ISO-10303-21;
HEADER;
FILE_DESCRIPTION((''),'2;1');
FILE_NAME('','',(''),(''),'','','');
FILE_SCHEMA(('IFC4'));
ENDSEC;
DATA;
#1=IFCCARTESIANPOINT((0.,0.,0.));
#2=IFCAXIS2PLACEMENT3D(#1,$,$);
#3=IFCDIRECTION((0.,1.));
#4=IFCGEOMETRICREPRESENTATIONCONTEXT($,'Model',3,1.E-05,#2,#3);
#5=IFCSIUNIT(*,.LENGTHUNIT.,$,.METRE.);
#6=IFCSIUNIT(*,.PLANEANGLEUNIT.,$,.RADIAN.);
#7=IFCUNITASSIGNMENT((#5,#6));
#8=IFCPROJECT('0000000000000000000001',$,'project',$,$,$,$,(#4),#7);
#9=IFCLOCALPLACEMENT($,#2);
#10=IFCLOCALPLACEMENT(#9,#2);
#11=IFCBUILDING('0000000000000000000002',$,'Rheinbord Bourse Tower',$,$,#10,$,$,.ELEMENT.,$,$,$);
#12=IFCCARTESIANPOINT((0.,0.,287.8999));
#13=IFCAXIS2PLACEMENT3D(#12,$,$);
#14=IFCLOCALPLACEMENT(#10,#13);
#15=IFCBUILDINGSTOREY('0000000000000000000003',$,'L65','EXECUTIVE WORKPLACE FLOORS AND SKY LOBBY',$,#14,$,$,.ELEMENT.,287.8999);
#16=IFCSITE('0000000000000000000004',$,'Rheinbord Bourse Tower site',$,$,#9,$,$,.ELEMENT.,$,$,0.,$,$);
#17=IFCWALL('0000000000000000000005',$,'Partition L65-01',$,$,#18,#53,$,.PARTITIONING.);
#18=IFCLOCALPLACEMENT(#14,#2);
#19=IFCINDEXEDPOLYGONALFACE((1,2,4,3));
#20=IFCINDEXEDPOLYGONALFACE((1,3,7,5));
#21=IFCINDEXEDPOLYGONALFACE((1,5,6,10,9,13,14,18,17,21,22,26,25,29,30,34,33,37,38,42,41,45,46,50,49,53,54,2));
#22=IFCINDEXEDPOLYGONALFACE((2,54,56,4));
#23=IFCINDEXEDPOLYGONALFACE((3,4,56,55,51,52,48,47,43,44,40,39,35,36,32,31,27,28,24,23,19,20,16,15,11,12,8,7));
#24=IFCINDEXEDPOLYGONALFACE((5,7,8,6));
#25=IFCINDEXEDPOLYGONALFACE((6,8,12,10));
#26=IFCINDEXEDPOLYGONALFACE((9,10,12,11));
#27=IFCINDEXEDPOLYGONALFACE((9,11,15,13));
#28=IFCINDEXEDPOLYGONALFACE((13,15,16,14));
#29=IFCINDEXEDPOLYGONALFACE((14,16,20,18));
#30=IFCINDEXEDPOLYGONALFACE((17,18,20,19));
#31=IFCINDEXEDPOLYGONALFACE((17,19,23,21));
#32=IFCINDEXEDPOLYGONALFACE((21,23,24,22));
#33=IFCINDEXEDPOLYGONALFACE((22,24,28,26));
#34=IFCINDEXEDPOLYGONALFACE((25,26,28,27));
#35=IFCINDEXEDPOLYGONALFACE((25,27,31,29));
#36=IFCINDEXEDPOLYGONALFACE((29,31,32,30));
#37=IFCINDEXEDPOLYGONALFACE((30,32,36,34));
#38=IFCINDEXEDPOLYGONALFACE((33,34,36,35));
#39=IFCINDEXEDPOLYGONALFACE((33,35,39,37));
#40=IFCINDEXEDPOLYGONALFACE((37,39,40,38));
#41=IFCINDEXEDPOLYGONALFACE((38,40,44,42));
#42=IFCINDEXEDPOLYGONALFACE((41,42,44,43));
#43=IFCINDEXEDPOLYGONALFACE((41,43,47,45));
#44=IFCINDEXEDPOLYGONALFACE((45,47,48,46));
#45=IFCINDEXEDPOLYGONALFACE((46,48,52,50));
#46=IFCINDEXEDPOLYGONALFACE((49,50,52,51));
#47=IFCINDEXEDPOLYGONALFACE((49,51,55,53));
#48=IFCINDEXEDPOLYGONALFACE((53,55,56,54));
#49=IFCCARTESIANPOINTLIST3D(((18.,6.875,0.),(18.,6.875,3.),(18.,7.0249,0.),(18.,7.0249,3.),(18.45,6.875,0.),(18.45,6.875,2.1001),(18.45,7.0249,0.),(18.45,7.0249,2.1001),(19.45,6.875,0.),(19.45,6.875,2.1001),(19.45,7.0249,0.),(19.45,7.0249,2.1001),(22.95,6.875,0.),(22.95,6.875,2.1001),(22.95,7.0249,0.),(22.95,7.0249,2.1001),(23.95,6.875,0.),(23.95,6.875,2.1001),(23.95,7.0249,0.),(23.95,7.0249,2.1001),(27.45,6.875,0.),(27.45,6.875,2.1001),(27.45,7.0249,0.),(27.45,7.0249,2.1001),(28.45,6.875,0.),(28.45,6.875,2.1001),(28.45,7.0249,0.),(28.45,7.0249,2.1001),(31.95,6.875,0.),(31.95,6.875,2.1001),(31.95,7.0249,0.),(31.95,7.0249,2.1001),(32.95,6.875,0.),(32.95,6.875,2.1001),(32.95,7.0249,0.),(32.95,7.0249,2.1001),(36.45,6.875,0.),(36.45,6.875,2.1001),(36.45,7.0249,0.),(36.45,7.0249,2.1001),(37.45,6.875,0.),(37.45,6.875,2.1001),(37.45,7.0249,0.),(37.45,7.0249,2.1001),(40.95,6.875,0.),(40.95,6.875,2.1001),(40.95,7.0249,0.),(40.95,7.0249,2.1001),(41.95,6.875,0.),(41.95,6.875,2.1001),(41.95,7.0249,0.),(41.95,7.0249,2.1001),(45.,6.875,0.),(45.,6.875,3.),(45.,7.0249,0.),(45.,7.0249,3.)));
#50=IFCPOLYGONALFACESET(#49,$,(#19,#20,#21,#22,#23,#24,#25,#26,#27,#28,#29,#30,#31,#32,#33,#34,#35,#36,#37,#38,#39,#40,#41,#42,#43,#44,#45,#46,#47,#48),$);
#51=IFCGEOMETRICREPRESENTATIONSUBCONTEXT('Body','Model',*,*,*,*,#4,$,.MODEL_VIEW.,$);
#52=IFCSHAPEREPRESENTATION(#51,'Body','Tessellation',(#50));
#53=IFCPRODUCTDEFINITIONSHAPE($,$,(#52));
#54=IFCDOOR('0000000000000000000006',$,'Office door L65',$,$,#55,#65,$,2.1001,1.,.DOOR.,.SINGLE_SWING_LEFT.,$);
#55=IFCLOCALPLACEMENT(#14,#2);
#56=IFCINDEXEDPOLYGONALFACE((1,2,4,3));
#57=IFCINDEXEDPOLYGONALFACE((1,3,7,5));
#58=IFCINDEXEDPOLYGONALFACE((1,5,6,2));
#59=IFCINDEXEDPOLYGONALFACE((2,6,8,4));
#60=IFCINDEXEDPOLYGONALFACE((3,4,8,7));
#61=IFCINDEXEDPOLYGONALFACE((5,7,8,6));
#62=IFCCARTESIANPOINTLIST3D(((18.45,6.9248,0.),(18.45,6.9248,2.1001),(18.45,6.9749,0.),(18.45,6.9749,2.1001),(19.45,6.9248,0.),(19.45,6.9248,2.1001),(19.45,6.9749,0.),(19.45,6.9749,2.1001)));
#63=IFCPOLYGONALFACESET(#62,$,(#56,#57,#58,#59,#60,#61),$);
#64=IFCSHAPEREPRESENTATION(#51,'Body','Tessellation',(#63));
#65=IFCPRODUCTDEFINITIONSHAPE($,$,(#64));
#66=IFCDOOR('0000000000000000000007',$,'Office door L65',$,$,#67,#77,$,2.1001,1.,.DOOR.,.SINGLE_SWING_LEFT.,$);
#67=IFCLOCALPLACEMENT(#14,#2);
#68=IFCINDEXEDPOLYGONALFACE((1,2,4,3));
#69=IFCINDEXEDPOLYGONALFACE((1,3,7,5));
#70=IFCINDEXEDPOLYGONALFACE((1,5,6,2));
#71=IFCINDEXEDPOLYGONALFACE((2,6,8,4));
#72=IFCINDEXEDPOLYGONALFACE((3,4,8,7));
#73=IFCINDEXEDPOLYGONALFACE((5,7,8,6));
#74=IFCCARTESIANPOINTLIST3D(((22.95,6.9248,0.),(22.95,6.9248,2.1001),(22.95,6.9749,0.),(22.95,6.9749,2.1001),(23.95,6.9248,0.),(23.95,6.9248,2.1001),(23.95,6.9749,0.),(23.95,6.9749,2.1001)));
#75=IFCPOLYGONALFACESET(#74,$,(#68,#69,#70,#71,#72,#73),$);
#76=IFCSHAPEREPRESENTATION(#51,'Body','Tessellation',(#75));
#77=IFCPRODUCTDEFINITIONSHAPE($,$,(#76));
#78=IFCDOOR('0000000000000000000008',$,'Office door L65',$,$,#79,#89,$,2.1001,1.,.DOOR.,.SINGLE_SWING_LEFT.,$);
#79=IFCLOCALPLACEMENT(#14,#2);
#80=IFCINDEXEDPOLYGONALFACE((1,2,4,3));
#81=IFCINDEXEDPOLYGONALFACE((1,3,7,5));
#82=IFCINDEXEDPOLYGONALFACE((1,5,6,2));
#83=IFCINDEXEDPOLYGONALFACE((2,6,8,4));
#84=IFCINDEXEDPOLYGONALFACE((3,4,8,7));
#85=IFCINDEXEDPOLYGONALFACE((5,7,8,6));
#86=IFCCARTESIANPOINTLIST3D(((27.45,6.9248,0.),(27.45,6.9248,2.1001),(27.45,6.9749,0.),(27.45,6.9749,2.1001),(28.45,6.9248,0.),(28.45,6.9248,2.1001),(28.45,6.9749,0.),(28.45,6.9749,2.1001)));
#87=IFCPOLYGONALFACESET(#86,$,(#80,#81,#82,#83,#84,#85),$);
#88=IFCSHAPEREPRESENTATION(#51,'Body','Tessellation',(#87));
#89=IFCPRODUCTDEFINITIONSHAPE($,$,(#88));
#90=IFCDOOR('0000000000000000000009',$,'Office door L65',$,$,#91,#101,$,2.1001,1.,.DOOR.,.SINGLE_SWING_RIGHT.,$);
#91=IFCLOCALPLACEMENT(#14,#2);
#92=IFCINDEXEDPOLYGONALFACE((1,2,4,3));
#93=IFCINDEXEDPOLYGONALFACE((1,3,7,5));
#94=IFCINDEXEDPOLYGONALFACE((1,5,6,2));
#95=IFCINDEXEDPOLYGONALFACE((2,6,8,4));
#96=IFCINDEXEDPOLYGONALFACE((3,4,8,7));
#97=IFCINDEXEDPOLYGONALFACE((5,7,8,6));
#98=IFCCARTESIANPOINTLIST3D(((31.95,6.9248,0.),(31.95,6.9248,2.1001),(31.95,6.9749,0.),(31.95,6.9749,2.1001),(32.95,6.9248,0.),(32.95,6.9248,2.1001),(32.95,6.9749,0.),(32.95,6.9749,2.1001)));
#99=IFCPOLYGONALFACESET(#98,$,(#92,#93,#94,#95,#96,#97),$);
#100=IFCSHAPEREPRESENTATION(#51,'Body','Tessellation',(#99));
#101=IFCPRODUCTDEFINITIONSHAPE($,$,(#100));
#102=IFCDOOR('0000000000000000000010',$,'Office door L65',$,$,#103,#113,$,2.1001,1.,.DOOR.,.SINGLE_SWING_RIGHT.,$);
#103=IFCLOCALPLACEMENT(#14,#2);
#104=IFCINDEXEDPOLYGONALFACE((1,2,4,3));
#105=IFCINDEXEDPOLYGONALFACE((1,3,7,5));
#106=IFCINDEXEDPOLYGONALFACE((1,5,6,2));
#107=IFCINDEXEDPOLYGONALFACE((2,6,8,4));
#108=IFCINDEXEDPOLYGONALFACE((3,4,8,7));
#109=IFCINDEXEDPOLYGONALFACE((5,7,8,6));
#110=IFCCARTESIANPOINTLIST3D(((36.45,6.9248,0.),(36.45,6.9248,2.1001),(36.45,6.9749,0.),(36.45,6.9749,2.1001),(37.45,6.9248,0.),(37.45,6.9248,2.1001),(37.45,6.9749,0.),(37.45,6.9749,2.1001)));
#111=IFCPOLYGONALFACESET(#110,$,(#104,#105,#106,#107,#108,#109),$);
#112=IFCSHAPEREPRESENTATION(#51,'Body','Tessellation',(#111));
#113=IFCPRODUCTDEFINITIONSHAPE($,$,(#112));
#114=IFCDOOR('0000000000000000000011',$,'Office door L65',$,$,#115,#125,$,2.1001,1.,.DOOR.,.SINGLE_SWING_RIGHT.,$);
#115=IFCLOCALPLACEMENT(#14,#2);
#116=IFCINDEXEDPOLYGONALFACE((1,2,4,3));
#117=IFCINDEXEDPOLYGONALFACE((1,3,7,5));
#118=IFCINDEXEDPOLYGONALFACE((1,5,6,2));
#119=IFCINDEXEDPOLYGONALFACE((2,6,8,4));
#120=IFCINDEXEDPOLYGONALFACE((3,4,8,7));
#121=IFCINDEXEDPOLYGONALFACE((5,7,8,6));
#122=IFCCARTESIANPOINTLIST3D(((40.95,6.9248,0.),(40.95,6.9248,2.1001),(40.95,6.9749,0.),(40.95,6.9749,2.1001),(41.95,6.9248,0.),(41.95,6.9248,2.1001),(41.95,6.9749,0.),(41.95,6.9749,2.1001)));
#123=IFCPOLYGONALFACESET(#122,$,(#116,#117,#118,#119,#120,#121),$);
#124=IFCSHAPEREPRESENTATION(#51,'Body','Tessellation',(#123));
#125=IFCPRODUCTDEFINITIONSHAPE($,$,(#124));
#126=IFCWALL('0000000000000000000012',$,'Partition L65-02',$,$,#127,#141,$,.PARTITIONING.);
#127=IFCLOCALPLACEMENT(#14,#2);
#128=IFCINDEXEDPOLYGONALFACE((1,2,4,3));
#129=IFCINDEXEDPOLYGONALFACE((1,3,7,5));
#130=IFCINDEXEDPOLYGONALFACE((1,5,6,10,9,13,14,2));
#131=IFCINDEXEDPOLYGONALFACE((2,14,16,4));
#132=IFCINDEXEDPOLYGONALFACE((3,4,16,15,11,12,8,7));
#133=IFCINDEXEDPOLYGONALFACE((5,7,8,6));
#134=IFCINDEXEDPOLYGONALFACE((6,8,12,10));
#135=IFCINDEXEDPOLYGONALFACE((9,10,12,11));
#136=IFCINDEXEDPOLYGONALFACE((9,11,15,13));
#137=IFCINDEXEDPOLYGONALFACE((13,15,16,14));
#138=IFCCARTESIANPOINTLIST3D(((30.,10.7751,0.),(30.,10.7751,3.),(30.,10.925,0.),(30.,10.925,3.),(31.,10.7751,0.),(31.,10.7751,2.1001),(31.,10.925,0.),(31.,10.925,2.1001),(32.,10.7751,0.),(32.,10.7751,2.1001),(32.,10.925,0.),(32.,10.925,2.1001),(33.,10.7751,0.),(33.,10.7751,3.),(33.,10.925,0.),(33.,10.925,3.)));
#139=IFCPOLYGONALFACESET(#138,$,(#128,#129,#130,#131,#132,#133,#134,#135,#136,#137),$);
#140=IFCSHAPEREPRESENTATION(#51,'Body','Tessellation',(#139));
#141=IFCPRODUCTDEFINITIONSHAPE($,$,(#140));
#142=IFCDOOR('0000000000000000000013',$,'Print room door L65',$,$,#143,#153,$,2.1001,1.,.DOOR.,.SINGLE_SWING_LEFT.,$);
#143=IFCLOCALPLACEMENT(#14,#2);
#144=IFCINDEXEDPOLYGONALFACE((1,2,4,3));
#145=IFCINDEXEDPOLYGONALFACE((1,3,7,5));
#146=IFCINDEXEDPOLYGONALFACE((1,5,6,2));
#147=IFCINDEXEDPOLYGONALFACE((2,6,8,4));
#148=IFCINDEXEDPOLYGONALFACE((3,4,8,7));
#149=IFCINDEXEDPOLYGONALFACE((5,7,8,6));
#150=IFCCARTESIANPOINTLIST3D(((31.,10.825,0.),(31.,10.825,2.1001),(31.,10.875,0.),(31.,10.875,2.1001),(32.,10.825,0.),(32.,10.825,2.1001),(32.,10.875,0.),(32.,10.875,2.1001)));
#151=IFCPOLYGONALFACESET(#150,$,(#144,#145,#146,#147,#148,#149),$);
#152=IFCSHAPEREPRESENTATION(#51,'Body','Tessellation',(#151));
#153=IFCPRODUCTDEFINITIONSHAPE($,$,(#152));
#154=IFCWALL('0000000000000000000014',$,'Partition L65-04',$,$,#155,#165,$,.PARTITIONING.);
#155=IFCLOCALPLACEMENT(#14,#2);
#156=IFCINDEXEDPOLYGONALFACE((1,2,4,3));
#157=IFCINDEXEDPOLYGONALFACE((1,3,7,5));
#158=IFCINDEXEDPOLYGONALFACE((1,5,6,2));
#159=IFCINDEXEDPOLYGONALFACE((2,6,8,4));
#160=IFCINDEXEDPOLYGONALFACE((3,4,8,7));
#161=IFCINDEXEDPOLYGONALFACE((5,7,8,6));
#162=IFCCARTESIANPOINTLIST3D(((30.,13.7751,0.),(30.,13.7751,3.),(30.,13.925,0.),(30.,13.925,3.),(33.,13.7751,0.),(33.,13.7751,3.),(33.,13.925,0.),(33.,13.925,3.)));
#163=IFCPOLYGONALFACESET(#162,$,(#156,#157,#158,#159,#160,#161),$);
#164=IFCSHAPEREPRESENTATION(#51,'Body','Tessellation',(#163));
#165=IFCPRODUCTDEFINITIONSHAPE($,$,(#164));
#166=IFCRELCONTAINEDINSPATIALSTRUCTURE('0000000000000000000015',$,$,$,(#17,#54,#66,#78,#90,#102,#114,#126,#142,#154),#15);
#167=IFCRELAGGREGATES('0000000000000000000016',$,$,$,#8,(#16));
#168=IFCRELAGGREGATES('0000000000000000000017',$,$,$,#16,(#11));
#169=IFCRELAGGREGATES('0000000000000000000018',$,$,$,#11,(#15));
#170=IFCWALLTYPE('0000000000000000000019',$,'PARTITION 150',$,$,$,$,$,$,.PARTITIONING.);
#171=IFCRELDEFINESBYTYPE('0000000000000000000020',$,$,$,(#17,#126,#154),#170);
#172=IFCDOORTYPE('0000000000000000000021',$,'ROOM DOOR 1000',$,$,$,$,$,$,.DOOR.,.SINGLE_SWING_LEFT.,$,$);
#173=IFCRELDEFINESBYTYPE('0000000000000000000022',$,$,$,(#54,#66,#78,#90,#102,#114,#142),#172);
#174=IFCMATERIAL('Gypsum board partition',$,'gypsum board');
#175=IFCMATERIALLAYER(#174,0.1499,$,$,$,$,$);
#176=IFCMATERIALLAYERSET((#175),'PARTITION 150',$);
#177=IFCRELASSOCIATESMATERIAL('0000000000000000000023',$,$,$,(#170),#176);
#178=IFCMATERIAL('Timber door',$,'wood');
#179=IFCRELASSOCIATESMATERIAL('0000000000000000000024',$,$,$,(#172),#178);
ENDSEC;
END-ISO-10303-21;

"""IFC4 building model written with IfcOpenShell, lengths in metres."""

from ifc_helpers import new_model, si_unit, direction, frame, frame_2d, origin, place, context, subcontext, project, spatial, rectangle, extrude, material, layer, layer_set, type_object, element, fill, save


model = new_model("IFC4")

# Units and contexts
model_context = context("Model", 3, precision=1e-05, world=origin(), true_north=direction((0.0, 1.0)))
body_context = subcontext(model_context, "Body", "Model", "MODEL_VIEW")
ifc_project = project(units=[si_unit("LENGTHUNIT", "METRE"), si_unit("PLANEANGLEUNIT", "RADIAN")], contexts=[model_context])

# Site, building, storey
site_placement = place(None, origin())
site = spatial("IfcSite", under=ifc_project, at=site_placement, Name="Rheinbord Bourse Tower site", CompositionType="ELEMENT", RefElevation=0.0)
building_placement = place(site_placement, origin())
building = spatial("IfcBuilding", under=site, at=building_placement, Name="Rheinbord Bourse Tower", CompositionType="ELEMENT")
storey_placement = place(building_placement, frame((0.0, 0.0, 287.8999)))
storey = spatial("IfcBuildingStorey", under=building, at=storey_placement, Name="L65", Description="EXECUTIVE WORKPLACE FLOORS AND SKY LOBBY", CompositionType="ELEMENT", Elevation=287.8999)

# Wall, openings, doors
ifc_material_1 = material(Name="Gypsum board partition", Category="gypsum board")
ifc_layer_1 = layer(ifc_material_1, 0.1499)
ifc_layer_set_1 = layer_set([ifc_layer_1], Name="PARTITION 150")
wall_type_1 = type_object("IfcWallType", Name="PARTITION 150", PredefinedType="PARTITIONING", material=ifc_layer_set_1)
wall_1_placement = place(storey_placement, frame((18.0, 6.95, 0.0), z_axis=(0.0, 0.0, 1.0), x_axis=(1.0, 0.0, 0.0)))
wall_1 = element("IfcWall", 1, at=wall_1_placement, inside=storey, type_object=wall_type_1, Name="Partition L65-01", PredefinedType="PARTITIONING", context=body_context, shape_type="SweptSolid", body=[
    extrude(rectangle(XDim=27.0, YDim=0.1499, at=frame_2d((13.5, 0.0))), origin(), (0.0, 0.0, 1.0), 3.0),
])
opening_1_placement = place(wall_1_placement, frame((0.45, 0.0, 0.0)))
opening_1 = element("IfcOpeningElement", 2, at=opening_1_placement, cuts=wall_1, PredefinedType="OPENING", context=body_context, shape_type="SweptSolid", body=[
    extrude(rectangle(XDim=1.0, YDim=2.1001, at=frame_2d((0.5, 1.05))), frame((0.0, 0.085, 0.0), z_axis=(0.0, -1.0, 0.0), x_axis=(1.0, 0.0, 0.0)), (0.0, 0.0, 1.0), 0.1699),
])
opening_2_placement = place(wall_1_placement, frame((4.95, 0.0, 0.0)))
opening_2 = element("IfcOpeningElement", 3, at=opening_2_placement, cuts=wall_1, PredefinedType="OPENING", context=body_context, shape_type="SweptSolid", body=[
    extrude(rectangle(XDim=1.0, YDim=2.1001, at=frame_2d((0.5, 1.05))), frame((0.0, 0.085, 0.0), z_axis=(0.0, -1.0, 0.0), x_axis=(1.0, 0.0, 0.0)), (0.0, 0.0, 1.0), 0.1699),
])
opening_3_placement = place(wall_1_placement, frame((9.45, 0.0, 0.0)))
opening_3 = element("IfcOpeningElement", 4, at=opening_3_placement, cuts=wall_1, PredefinedType="OPENING", context=body_context, shape_type="SweptSolid", body=[
    extrude(rectangle(XDim=1.0, YDim=2.1001, at=frame_2d((0.5, 1.05))), frame((0.0, 0.085, 0.0), z_axis=(0.0, -1.0, 0.0), x_axis=(1.0, 0.0, 0.0)), (0.0, 0.0, 1.0), 0.1699),
])
opening_4_placement = place(wall_1_placement, frame((13.95, 0.0, 0.0)))
opening_4 = element("IfcOpeningElement", 5, at=opening_4_placement, cuts=wall_1, PredefinedType="OPENING", context=body_context, shape_type="SweptSolid", body=[
    extrude(rectangle(XDim=1.0, YDim=2.1001, at=frame_2d((0.5, 1.05))), frame((0.0, 0.085, 0.0), z_axis=(0.0, -1.0, 0.0), x_axis=(1.0, 0.0, 0.0)), (0.0, 0.0, 1.0), 0.1699),
])
opening_5_placement = place(wall_1_placement, frame((18.45, 0.0, 0.0)))
opening_5 = element("IfcOpeningElement", 6, at=opening_5_placement, cuts=wall_1, PredefinedType="OPENING", context=body_context, shape_type="SweptSolid", body=[
    extrude(rectangle(XDim=1.0, YDim=2.1001, at=frame_2d((0.5, 1.05))), frame((0.0, 0.085, 0.0), z_axis=(0.0, -1.0, 0.0), x_axis=(1.0, 0.0, 0.0)), (0.0, 0.0, 1.0), 0.1699),
])
opening_6_placement = place(wall_1_placement, frame((22.95, 0.0, 0.0)))
opening_6 = element("IfcOpeningElement", 7, at=opening_6_placement, cuts=wall_1, PredefinedType="OPENING", context=body_context, shape_type="SweptSolid", body=[
    extrude(rectangle(XDim=1.0, YDim=2.1001, at=frame_2d((0.5, 1.05))), frame((0.0, 0.085, 0.0), z_axis=(0.0, -1.0, 0.0), x_axis=(1.0, 0.0, 0.0)), (0.0, 0.0, 1.0), 0.1699),
])
ifc_material_2 = material(Name="Timber door", Category="wood")
door_type_1 = type_object("IfcDoorType", Name="ROOM DOOR 1000", OperationType="SINGLE_SWING_LEFT", PredefinedType="DOOR", material=ifc_material_2)
door_1_placement = place(opening_1_placement, origin())
door_1 = element("IfcDoor", 8, at=door_1_placement, inside=storey, type_object=door_type_1, Name="Office door L65", OperationType="SINGLE_SWING_LEFT", OverallHeight=2.1001, OverallWidth=1.0, PredefinedType="DOOR", context=body_context, shape_type="SweptSolid", body=[
    extrude(rectangle(XDim=1.0, YDim=2.1001, at=frame_2d((0.5, 1.05))), frame((0.0, 0.0249, 0.0), z_axis=(0.0, -1.0, 0.0), x_axis=(1.0, 0.0, 0.0)), (0.0, 0.0, 1.0), 0.05),
])
fill(opening_1, door_1)
door_2_placement = place(opening_2_placement, origin())
door_2 = element("IfcDoor", 9, at=door_2_placement, inside=storey, type_object=door_type_1, Name="Office door L65", OperationType="SINGLE_SWING_LEFT", OverallHeight=2.1001, OverallWidth=1.0, PredefinedType="DOOR", context=body_context, shape_type="SweptSolid", body=[
    extrude(rectangle(XDim=1.0, YDim=2.1001, at=frame_2d((0.5, 1.05))), frame((0.0, 0.0249, 0.0), z_axis=(0.0, -1.0, 0.0), x_axis=(1.0, 0.0, 0.0)), (0.0, 0.0, 1.0), 0.05),
])
fill(opening_2, door_2)
door_3_placement = place(opening_3_placement, origin())
door_3 = element("IfcDoor", 10, at=door_3_placement, inside=storey, type_object=door_type_1, Name="Office door L65", OperationType="SINGLE_SWING_LEFT", OverallHeight=2.1001, OverallWidth=1.0, PredefinedType="DOOR", context=body_context, shape_type="SweptSolid", body=[
    extrude(rectangle(XDim=1.0, YDim=2.1001, at=frame_2d((0.5, 1.05))), frame((0.0, 0.0249, 0.0), z_axis=(0.0, -1.0, 0.0), x_axis=(1.0, 0.0, 0.0)), (0.0, 0.0, 1.0), 0.05),
])
fill(opening_3, door_3)
door_4_placement = place(opening_4_placement, origin())
door_4 = element("IfcDoor", 11, at=door_4_placement, inside=storey, type_object=door_type_1, Name="Office door L65", OperationType="SINGLE_SWING_RIGHT", OverallHeight=2.1001, OverallWidth=1.0, PredefinedType="DOOR", context=body_context, shape_type="SweptSolid", body=[
    extrude(rectangle(XDim=1.0, YDim=2.1001, at=frame_2d((0.5, 1.05))), frame((0.0, 0.0249, 0.0), z_axis=(0.0, -1.0, 0.0), x_axis=(1.0, 0.0, 0.0)), (0.0, 0.0, 1.0), 0.05),
])
fill(opening_4, door_4)
door_5_placement = place(opening_5_placement, origin())
door_5 = element("IfcDoor", 12, at=door_5_placement, inside=storey, type_object=door_type_1, Name="Office door L65", OperationType="SINGLE_SWING_RIGHT", OverallHeight=2.1001, OverallWidth=1.0, PredefinedType="DOOR", context=body_context, shape_type="SweptSolid", body=[
    extrude(rectangle(XDim=1.0, YDim=2.1001, at=frame_2d((0.5, 1.05))), frame((0.0, 0.0249, 0.0), z_axis=(0.0, -1.0, 0.0), x_axis=(1.0, 0.0, 0.0)), (0.0, 0.0, 1.0), 0.05),
])
fill(opening_5, door_5)
door_6_placement = place(opening_6_placement, origin())
door_6 = element("IfcDoor", 13, at=door_6_placement, inside=storey, type_object=door_type_1, Name="Office door L65", OperationType="SINGLE_SWING_RIGHT", OverallHeight=2.1001, OverallWidth=1.0, PredefinedType="DOOR", context=body_context, shape_type="SweptSolid", body=[
    extrude(rectangle(XDim=1.0, YDim=2.1001, at=frame_2d((0.5, 1.05))), frame((0.0, 0.0249, 0.0), z_axis=(0.0, -1.0, 0.0), x_axis=(1.0, 0.0, 0.0)), (0.0, 0.0, 1.0), 0.05),
])
fill(opening_6, door_6)

# Wall, opening, door
wall_2_placement = place(storey_placement, frame((30.0, 10.8501, 0.0), z_axis=(0.0, 0.0, 1.0), x_axis=(1.0, 0.0, 0.0)))
wall_2 = element("IfcWall", 14, at=wall_2_placement, inside=storey, type_object=wall_type_1, Name="Partition L65-02", PredefinedType="PARTITIONING", context=body_context, shape_type="SweptSolid", body=[
    extrude(rectangle(XDim=3.0, YDim=0.1499, at=frame_2d((1.5, 0.0))), origin(), (0.0, 0.0, 1.0), 3.0),
])
opening_7_placement = place(wall_2_placement, frame((1.0, 0.0, 0.0)))
opening_7 = element("IfcOpeningElement", 15, at=opening_7_placement, cuts=wall_2, PredefinedType="OPENING", context=body_context, shape_type="SweptSolid", body=[
    extrude(rectangle(XDim=1.0, YDim=2.1001, at=frame_2d((0.5, 1.05))), frame((0.0, 0.085, 0.0), z_axis=(0.0, -1.0, 0.0), x_axis=(1.0, 0.0, 0.0)), (0.0, 0.0, 1.0), 0.1699),
])
door_7_placement = place(opening_7_placement, origin())
door_7 = element("IfcDoor", 16, at=door_7_placement, inside=storey, type_object=door_type_1, Name="Print room door L65", OperationType="SINGLE_SWING_LEFT", OverallHeight=2.1001, OverallWidth=1.0, PredefinedType="DOOR", context=body_context, shape_type="SweptSolid", body=[
    extrude(rectangle(XDim=1.0, YDim=2.1001, at=frame_2d((0.5, 1.05))), frame((0.0, 0.0249, 0.0), z_axis=(0.0, -1.0, 0.0), x_axis=(1.0, 0.0, 0.0)), (0.0, 0.0, 1.0), 0.05),
])
fill(opening_7, door_7)

# Wall
wall_3_placement = place(storey_placement, frame((30.0, 13.8501, 0.0), z_axis=(0.0, 0.0, 1.0), x_axis=(1.0, 0.0, 0.0)))
element("IfcWall", 17, at=wall_3_placement, inside=storey, type_object=wall_type_1, Name="Partition L65-04", PredefinedType="PARTITIONING", context=body_context, shape_type="SweptSolid", body=[
    extrude(rectangle(XDim=3.0, YDim=0.1499, at=frame_2d((1.5, 0.0))), origin(), (0.0, 0.0, 1.0), 3.0),
])

save(model, "model.ifc")
